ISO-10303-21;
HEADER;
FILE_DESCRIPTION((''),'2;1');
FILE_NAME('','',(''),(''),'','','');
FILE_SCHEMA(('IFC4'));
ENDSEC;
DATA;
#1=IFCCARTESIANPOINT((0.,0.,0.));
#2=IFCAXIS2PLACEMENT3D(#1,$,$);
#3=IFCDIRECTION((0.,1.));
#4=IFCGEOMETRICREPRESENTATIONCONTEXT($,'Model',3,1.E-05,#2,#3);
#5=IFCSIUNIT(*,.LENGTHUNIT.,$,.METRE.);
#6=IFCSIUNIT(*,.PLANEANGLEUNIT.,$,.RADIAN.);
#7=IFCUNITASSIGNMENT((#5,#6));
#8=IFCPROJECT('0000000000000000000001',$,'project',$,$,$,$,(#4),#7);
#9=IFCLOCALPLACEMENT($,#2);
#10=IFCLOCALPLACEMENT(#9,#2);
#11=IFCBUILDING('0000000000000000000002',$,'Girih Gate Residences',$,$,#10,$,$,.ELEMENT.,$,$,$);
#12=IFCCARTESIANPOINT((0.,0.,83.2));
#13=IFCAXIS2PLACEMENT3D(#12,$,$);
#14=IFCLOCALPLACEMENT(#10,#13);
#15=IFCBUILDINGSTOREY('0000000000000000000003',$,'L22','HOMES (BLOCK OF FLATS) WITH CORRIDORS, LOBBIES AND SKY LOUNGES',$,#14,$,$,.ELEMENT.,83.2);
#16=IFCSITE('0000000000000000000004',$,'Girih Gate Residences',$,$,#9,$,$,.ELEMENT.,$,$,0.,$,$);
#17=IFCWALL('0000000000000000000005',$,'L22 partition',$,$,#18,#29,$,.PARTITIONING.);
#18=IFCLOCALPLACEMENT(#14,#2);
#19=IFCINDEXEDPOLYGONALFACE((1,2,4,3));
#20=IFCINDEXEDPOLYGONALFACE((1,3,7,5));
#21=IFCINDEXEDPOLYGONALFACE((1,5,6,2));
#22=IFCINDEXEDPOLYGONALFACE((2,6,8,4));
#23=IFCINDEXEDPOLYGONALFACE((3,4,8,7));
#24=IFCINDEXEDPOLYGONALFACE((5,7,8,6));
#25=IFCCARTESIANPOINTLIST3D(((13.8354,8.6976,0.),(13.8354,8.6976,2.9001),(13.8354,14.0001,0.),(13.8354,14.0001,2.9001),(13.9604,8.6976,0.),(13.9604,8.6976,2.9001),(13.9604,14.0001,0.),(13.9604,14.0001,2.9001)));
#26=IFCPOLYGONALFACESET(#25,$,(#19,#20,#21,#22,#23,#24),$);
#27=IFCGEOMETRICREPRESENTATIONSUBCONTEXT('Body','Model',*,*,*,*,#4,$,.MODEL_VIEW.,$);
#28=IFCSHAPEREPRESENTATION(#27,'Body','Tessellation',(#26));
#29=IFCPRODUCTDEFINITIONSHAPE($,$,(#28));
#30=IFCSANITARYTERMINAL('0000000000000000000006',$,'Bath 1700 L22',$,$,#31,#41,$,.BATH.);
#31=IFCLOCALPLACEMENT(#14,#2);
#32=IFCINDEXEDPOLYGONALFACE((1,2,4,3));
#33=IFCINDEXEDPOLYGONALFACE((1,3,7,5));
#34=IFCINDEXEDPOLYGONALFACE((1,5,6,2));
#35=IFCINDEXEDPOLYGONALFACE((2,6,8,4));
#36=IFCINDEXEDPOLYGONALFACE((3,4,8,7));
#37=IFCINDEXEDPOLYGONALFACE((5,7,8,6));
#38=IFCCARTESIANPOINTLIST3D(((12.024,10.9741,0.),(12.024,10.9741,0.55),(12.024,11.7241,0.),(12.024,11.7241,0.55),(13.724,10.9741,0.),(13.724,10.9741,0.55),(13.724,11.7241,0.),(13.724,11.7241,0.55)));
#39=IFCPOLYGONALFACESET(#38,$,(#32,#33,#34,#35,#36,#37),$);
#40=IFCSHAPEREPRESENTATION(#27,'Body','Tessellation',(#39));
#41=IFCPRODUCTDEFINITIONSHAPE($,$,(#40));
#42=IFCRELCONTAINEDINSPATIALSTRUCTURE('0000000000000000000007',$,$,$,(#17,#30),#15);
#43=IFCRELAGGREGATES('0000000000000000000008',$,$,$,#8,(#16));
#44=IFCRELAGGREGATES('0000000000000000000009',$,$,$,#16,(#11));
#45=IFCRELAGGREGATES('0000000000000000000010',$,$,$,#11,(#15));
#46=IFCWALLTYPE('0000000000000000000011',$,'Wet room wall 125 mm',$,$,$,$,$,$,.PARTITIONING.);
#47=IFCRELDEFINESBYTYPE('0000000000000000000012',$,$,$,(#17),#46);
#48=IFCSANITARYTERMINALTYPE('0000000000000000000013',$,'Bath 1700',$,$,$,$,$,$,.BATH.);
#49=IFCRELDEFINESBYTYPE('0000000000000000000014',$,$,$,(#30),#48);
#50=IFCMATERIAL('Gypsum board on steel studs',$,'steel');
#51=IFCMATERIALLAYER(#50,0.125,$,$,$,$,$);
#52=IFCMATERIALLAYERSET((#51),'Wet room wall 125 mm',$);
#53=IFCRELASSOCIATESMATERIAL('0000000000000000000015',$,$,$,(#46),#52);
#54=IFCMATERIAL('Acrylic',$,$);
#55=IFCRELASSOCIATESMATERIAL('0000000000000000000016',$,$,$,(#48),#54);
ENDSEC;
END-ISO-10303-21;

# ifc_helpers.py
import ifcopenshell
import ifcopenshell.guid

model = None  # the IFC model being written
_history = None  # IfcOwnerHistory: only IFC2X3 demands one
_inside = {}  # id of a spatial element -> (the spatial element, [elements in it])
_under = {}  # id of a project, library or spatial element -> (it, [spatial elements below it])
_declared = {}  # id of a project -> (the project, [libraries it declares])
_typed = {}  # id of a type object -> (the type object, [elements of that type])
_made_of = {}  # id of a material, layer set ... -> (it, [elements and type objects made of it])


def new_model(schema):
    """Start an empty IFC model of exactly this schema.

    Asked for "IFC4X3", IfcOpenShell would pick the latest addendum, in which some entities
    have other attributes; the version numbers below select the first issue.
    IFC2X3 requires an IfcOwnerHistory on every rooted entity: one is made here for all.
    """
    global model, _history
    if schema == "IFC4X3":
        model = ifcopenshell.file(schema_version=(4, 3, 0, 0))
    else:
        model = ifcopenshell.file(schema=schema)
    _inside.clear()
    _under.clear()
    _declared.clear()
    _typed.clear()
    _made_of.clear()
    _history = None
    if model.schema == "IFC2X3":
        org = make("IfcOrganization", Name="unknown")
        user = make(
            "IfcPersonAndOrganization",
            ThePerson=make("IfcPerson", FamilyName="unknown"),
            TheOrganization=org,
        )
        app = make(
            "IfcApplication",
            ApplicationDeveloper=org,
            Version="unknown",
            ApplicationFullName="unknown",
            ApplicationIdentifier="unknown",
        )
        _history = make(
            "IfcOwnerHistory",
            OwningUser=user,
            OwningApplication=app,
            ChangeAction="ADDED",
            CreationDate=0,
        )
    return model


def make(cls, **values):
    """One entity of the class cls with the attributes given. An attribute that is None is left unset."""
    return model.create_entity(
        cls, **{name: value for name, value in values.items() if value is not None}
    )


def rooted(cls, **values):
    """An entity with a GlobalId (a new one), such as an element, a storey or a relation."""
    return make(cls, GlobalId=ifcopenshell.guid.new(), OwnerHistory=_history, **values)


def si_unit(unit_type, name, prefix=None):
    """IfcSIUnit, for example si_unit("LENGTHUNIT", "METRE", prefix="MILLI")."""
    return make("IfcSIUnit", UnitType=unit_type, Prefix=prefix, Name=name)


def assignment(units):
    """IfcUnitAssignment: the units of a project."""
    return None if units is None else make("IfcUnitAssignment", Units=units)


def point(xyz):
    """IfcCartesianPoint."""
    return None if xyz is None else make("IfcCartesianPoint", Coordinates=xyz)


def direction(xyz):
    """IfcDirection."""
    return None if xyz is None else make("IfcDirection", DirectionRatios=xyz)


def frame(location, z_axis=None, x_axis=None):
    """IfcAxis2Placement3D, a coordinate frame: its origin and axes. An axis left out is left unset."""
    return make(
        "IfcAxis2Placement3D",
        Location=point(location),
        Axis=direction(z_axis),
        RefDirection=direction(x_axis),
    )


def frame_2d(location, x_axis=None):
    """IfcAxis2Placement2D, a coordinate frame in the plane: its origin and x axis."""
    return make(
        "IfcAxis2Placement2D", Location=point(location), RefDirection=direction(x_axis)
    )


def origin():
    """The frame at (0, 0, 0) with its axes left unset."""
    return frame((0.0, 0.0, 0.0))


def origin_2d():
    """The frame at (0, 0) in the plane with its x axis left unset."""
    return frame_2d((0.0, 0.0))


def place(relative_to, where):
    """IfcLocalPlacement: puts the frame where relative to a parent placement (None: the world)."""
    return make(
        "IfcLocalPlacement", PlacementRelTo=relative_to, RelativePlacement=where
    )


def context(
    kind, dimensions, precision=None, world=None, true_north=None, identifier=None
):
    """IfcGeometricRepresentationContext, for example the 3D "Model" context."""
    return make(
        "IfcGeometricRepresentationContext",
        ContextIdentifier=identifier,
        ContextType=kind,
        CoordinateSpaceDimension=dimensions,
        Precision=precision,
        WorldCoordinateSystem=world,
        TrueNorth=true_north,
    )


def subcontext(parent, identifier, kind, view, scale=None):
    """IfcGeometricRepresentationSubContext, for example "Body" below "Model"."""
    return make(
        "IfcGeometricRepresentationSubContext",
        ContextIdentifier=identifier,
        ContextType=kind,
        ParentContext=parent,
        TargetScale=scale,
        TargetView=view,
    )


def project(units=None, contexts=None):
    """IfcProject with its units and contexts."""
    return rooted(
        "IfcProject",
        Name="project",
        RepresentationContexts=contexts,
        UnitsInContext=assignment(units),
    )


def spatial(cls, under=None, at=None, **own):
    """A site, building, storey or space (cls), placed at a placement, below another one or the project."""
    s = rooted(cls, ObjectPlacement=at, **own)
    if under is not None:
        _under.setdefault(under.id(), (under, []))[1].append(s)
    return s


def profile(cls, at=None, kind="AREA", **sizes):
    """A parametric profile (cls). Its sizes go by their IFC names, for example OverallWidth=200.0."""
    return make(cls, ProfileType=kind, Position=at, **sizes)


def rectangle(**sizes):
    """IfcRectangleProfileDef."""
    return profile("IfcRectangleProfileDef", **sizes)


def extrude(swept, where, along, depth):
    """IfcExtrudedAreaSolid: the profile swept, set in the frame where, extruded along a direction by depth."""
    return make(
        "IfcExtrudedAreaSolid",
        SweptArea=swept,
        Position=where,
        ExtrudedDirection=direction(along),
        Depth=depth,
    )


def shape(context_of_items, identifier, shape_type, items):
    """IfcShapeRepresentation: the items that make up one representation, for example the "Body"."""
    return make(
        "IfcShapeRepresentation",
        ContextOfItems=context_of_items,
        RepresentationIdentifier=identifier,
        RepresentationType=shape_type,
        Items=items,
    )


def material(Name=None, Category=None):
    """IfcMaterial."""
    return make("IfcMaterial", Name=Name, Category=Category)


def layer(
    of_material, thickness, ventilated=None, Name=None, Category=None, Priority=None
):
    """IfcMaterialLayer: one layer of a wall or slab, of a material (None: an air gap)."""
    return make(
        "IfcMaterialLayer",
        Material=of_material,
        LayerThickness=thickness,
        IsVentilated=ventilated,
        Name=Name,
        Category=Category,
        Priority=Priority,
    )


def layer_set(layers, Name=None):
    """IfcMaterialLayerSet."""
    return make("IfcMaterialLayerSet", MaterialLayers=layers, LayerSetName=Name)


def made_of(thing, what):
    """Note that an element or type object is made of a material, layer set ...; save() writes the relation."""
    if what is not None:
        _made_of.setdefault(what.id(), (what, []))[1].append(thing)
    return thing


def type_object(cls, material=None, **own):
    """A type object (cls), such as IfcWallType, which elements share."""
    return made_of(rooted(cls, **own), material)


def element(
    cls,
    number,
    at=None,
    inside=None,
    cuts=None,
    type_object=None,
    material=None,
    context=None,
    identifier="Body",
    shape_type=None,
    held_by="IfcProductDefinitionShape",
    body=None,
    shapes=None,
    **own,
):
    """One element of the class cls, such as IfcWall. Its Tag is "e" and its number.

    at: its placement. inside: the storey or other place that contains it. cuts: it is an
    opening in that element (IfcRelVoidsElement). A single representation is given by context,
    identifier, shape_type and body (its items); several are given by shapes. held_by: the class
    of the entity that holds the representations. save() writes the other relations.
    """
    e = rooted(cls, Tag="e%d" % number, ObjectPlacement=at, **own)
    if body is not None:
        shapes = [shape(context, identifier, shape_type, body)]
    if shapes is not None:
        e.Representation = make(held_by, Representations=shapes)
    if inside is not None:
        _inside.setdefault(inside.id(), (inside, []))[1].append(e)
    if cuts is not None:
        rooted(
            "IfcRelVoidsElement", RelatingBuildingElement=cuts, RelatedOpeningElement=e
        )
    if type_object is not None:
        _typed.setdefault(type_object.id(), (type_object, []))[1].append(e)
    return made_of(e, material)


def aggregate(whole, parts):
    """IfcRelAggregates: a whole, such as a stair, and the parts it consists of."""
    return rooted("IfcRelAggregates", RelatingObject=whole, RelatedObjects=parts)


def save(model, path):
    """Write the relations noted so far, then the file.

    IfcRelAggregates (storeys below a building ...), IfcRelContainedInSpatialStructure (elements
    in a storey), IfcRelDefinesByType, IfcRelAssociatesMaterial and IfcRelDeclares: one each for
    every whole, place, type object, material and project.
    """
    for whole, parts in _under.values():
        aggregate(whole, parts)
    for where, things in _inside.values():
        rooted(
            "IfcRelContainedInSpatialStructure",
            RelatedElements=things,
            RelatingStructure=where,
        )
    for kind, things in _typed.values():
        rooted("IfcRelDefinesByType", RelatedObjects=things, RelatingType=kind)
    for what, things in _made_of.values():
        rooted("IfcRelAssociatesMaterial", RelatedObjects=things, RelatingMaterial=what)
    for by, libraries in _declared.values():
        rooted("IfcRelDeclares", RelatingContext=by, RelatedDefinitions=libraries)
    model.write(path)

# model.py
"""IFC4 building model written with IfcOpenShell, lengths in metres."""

from ifc_helpers import new_model, si_unit, direction, frame, frame_2d, origin, origin_2d, place, context, subcontext, project, spatial, rectangle, extrude, material, layer, layer_set, type_object, element, save


model = new_model("IFC4")

# Units and contexts
model_context = context("Model", 3, precision=1e-05, world=origin(), true_north=direction((0.0, 1.0)))
body_context = subcontext(model_context, "Body", "Model", "MODEL_VIEW")
ifc_project = project(units=[si_unit("LENGTHUNIT", "METRE"), si_unit("PLANEANGLEUNIT", "RADIAN")], contexts=[model_context])

# Site, building, storey
site_placement = place(None, origin())
site = spatial("IfcSite", under=ifc_project, at=site_placement, Name="Girih Gate Residences", CompositionType="ELEMENT", RefElevation=0.0)
building_placement = place(site_placement, origin())
building = spatial("IfcBuilding", under=site, at=building_placement, Name="Girih Gate Residences", CompositionType="ELEMENT")
storey_placement = place(building_placement, frame((0.0, 0.0, 83.2)))
storey = spatial("IfcBuildingStorey", under=building, at=storey_placement, Name="L22", Description="HOMES (BLOCK OF FLATS) WITH CORRIDORS, LOBBIES AND SKY LOUNGES", CompositionType="ELEMENT", Elevation=83.2)

# Shared definitions
ifc_material_1 = material(Name="Gypsum board on steel studs", Category="steel")

# Wall
ifc_layer_1 = layer(ifc_material_1, 0.125)
ifc_layer_set_1 = layer_set([ifc_layer_1], Name="Wet room wall 125 mm")
wall_type_1 = type_object("IfcWallType", Name="Wet room wall 125 mm", PredefinedType="PARTITIONING", material=ifc_layer_set_1)
for number, where, z_axis, x_axis, name in (
    (1, (13.8979, 8.6975, 0.0), (0.0, 0.0, 1.0), (0.0, 1.0, 0.0), "L22 partition"),
):
    element("IfcWall", number, at=place(storey_placement, frame(where, z_axis=z_axis, x_axis=x_axis)), inside=storey, type_object=wall_type_1, Name=name, PredefinedType="PARTITIONING", context=body_context, shape_type="SweptSolid", body=[
        extrude(rectangle(XDim=5.3025, YDim=0.125, at=frame_2d((2.6514, 0.0))), origin(), (0.0, 0.0, 1.0), 2.9001),
    ])

# Sanitary terminal
ifc_material_2 = material(Name="Acrylic")
sanitary_terminal_type = type_object("IfcSanitaryTerminalType", Name="Bath 1700", PredefinedType="BATH", material=ifc_material_2)
sanitary_terminal_placement = place(storey_placement, frame((12.874, 11.3491, 0.0), z_axis=(0.0, 0.0, 1.0), x_axis=(1.0, 0.0, 0.0)))
element("IfcSanitaryTerminal", 2, at=sanitary_terminal_placement, inside=storey, type_object=sanitary_terminal_type, Name="Bath 1700 L22", PredefinedType="BATH", context=body_context, shape_type="SweptSolid", body=[
    extrude(rectangle(XDim=1.7, YDim=0.75, at=origin_2d()), origin(), (0.0, 0.0, 1.0), 0.55),
])

save(model, "model.ifc")
